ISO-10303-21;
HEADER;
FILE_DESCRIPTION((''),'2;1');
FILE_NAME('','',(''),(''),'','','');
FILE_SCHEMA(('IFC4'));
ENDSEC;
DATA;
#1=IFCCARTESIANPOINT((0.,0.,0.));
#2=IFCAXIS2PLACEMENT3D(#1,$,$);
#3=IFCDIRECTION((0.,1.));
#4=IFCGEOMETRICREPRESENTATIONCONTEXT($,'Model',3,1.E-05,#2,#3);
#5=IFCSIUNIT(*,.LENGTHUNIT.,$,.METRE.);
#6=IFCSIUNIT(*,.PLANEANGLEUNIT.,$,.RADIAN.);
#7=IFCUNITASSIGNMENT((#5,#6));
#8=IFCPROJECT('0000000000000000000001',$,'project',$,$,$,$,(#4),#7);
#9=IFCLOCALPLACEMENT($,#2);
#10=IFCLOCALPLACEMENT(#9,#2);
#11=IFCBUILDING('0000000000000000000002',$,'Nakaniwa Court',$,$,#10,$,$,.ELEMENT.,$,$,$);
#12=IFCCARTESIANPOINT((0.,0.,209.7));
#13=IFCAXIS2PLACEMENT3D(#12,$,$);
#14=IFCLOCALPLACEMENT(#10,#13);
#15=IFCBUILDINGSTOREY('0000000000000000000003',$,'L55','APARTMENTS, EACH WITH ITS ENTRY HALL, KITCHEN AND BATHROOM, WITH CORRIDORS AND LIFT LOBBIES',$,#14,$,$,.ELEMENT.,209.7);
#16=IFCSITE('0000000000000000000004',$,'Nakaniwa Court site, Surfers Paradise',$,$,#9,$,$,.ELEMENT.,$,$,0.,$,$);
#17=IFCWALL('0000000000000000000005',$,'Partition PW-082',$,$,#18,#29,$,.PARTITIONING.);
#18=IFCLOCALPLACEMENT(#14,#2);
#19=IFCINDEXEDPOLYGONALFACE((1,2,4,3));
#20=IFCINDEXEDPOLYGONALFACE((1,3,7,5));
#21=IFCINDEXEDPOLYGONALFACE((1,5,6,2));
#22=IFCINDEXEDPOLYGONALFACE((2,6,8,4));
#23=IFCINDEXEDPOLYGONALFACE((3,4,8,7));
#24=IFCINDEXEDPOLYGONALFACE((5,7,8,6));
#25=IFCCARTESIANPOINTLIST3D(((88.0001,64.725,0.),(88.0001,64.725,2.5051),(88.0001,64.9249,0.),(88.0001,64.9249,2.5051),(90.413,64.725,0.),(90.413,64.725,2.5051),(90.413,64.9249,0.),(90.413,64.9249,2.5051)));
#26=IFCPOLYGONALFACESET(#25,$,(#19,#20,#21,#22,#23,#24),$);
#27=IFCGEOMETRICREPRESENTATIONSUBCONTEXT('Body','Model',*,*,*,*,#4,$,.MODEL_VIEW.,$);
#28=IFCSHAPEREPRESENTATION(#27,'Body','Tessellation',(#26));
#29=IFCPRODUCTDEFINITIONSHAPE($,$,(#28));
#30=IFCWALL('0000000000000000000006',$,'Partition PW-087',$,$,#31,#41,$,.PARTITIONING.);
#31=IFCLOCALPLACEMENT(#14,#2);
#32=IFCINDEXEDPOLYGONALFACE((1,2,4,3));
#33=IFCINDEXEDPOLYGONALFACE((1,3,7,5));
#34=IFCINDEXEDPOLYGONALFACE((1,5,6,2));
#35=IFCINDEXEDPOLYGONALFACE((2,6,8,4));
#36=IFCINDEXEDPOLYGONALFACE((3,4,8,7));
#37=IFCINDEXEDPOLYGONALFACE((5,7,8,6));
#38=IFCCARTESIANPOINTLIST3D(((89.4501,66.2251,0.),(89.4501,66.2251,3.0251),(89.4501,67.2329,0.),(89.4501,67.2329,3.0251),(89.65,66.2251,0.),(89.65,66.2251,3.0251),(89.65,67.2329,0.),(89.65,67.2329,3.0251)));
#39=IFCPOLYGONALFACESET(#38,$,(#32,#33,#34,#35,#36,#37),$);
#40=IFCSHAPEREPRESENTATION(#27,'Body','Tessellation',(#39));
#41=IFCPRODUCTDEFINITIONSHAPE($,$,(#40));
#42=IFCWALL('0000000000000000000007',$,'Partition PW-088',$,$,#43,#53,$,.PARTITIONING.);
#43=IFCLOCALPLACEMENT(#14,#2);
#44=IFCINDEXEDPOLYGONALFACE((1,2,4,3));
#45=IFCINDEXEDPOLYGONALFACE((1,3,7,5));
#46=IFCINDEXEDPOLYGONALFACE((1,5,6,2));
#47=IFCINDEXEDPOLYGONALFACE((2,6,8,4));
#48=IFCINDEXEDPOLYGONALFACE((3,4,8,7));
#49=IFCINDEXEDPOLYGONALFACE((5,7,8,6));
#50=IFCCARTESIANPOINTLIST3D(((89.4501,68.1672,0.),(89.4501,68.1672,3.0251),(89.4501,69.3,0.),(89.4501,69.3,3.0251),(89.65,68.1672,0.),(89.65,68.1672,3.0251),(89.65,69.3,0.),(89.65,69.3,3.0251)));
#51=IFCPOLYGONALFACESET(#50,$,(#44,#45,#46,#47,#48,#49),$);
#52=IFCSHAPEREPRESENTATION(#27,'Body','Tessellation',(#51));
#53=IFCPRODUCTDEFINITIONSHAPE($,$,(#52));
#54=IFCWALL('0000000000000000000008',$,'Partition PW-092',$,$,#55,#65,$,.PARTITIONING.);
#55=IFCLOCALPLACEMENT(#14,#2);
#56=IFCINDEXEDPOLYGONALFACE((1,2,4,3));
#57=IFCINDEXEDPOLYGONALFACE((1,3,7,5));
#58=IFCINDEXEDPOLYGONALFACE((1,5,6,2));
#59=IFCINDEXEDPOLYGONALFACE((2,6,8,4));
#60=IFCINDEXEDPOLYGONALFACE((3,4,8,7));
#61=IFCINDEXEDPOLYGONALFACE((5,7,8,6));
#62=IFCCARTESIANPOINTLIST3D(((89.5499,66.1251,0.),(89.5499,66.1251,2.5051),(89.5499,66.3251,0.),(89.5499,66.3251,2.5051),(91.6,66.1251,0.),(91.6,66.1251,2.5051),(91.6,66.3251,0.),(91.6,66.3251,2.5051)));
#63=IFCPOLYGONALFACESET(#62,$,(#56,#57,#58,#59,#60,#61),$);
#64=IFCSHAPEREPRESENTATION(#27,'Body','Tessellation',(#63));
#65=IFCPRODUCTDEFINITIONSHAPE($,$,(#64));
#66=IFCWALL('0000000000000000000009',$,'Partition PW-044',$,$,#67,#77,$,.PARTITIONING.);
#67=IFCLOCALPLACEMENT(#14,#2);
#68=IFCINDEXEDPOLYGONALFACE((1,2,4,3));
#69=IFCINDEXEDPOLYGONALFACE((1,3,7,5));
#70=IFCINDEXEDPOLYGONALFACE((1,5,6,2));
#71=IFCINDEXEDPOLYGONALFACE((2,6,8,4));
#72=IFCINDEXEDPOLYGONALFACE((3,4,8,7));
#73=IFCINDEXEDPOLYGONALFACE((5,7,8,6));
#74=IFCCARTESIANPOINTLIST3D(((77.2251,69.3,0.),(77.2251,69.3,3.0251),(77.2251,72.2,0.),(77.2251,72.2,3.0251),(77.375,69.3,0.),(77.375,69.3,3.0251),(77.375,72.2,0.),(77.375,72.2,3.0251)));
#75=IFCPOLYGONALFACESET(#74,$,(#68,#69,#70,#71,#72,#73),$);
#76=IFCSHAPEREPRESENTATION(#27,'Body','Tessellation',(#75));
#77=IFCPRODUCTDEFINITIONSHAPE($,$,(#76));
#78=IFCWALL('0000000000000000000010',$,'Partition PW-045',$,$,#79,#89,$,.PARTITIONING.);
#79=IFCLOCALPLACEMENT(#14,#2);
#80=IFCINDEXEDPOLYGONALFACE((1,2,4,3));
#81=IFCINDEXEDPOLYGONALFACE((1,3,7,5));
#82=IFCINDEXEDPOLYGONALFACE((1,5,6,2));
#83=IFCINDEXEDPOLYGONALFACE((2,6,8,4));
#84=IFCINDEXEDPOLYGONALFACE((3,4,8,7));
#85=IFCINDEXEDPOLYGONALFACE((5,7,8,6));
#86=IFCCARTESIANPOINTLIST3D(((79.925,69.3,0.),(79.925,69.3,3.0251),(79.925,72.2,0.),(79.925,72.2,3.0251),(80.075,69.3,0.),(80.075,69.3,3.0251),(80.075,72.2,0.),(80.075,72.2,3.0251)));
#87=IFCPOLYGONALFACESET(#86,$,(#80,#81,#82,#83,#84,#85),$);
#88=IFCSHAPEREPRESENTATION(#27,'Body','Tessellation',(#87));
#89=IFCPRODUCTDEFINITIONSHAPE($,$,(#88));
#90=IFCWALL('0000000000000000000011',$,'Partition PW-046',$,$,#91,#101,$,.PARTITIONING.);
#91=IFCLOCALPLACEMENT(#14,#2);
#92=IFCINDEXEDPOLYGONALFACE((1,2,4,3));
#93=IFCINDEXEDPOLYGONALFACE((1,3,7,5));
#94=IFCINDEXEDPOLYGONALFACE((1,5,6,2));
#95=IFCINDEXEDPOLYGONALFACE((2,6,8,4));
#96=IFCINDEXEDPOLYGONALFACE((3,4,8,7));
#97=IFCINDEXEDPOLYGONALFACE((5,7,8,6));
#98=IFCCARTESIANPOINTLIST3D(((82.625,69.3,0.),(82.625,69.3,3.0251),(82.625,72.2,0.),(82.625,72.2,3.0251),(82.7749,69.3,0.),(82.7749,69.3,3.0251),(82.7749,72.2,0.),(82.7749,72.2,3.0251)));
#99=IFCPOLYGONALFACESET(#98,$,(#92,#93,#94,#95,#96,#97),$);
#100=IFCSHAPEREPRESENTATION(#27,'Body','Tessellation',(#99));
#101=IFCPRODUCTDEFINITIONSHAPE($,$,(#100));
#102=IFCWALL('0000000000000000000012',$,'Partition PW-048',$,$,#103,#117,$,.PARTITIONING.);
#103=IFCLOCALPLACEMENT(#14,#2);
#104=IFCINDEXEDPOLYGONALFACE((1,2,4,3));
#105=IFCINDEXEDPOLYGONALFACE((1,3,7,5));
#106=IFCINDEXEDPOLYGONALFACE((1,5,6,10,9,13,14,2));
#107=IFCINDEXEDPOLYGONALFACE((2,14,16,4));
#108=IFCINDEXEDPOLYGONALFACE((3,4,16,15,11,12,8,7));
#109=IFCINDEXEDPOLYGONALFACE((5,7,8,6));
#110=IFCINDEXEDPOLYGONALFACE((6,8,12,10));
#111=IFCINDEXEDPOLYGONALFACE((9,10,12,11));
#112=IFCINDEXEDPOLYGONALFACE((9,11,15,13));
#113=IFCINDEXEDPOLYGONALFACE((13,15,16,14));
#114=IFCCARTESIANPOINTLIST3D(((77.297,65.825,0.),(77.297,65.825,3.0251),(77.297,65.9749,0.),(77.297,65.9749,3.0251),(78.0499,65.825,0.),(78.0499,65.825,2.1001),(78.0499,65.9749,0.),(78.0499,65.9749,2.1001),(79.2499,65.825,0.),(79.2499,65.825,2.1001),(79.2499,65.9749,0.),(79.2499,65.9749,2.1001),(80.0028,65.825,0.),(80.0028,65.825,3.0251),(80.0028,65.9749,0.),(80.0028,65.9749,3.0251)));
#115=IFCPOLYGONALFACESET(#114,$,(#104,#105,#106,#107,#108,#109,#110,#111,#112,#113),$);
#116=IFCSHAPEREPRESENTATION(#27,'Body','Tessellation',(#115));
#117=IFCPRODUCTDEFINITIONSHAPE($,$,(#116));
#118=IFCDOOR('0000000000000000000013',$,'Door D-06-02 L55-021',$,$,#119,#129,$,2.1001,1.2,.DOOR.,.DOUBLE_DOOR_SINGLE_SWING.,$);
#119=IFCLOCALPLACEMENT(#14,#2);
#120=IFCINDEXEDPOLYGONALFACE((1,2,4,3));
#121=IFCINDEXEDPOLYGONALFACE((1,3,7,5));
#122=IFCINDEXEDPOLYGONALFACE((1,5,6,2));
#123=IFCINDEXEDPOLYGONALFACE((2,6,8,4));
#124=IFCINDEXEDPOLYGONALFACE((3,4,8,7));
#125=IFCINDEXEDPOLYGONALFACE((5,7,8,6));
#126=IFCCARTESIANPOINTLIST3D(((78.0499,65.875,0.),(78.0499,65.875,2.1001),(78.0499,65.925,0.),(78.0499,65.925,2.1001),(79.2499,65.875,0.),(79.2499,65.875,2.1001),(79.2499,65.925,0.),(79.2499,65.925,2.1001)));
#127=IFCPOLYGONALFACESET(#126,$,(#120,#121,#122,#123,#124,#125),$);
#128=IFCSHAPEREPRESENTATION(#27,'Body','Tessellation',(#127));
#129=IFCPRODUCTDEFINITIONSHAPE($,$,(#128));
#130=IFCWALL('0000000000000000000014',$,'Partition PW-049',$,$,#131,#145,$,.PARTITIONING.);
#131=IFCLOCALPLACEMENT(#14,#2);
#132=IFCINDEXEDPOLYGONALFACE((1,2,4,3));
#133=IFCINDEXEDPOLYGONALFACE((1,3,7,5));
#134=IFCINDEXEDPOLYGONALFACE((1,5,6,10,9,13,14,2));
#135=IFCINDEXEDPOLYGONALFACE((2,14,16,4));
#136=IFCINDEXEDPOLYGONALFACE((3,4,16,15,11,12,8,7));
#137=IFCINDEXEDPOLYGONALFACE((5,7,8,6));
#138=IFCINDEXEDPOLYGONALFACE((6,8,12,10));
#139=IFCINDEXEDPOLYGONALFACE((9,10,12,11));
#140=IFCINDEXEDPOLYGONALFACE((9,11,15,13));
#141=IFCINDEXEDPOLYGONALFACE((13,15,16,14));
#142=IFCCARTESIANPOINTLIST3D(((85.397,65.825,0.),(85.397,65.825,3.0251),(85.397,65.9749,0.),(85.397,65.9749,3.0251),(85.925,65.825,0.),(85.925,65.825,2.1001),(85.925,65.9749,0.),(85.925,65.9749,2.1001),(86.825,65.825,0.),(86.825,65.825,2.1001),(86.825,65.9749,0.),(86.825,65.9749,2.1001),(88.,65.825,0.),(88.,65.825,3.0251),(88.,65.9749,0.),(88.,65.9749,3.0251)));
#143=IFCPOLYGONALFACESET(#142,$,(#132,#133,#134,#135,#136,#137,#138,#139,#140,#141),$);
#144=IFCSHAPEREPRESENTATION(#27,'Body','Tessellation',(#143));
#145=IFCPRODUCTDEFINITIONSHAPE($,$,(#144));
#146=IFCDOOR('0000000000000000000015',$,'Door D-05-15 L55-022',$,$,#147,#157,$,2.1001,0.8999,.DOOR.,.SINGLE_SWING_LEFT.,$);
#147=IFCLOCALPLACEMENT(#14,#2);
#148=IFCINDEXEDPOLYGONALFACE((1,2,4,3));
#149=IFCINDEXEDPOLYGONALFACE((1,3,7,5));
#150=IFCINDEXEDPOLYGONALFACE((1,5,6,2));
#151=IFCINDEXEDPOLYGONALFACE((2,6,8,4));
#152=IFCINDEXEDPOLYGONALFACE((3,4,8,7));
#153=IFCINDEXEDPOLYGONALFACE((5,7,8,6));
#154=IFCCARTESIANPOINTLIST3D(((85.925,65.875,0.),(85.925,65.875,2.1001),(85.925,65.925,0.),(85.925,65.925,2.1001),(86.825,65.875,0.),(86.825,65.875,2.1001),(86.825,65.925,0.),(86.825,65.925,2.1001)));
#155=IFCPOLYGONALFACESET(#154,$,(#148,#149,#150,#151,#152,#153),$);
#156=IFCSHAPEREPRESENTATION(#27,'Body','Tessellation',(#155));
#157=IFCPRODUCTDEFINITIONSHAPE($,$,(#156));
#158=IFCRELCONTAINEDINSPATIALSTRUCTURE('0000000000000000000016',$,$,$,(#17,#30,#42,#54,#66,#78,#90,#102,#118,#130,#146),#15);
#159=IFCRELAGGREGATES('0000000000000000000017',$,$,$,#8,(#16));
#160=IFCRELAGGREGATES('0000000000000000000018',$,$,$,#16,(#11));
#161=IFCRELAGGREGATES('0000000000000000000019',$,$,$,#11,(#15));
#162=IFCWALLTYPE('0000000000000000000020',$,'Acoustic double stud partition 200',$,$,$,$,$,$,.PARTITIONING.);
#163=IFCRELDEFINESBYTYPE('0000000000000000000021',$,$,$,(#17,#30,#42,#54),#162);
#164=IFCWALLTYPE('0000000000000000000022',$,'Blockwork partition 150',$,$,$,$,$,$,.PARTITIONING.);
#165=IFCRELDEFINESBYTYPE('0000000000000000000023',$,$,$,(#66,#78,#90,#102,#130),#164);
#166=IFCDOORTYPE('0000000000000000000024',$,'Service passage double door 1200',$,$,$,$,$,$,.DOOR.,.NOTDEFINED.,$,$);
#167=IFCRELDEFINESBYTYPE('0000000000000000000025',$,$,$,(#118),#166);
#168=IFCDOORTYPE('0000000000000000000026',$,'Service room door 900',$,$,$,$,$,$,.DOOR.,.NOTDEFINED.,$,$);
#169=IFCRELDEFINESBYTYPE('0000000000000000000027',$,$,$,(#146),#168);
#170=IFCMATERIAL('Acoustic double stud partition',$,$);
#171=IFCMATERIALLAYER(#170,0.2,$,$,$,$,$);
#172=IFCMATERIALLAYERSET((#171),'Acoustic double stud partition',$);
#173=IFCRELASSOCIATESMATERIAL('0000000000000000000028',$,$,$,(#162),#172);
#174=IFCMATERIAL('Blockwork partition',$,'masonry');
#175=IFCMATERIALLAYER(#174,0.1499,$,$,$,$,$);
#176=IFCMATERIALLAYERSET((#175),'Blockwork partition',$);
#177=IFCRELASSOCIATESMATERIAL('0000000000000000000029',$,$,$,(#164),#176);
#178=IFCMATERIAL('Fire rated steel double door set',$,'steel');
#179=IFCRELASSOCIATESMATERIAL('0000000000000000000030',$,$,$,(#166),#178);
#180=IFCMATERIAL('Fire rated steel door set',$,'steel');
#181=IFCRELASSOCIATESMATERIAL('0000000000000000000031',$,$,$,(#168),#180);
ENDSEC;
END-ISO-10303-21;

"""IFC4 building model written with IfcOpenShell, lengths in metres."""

from ifc_helpers import new_model, si_unit, direction, frame, frame_2d, origin, place, context, subcontext, project, spatial, rectangle, extrude, material, layer, layer_set, type_object, element, fill, save


model = new_model("IFC4")

# Units and contexts
model_context = context("Model", 3, precision=1e-05, world=origin(), true_north=direction((0.0, 1.0)))
body_context = subcontext(model_context, "Body", "Model", "MODEL_VIEW")
ifc_project = project(units=[si_unit("LENGTHUNIT", "METRE"), si_unit("PLANEANGLEUNIT", "RADIAN")], contexts=[model_context])

# Site, building, storey
site_placement = place(None, origin())
site = spatial("IfcSite", under=ifc_project, at=site_placement, Name="Nakaniwa Court site, Surfers Paradise", CompositionType="ELEMENT", RefElevation=0.0)
building_placement = place(site_placement, origin())
building = spatial("IfcBuilding", under=site, at=building_placement, Name="Nakaniwa Court", CompositionType="ELEMENT")
storey_placement = place(building_placement, frame((0.0, 0.0, 209.7)))
storey = spatial("IfcBuildingStorey", under=building, at=storey_placement, Name="L55", Description="APARTMENTS, EACH WITH ITS ENTRY HALL, KITCHEN AND BATHROOM, WITH CORRIDORS AND LIFT LOBBIES", CompositionType="ELEMENT", Elevation=209.7)

# Walls
ifc_material_1 = material(Name="Acoustic double stud partition")
ifc_layer_1 = layer(ifc_material_1, 0.2)
ifc_layer_set_1 = layer_set([ifc_layer_1], Name="Acoustic double stud partition")
wall_type_1 = type_object("IfcWallType", Name="Acoustic double stud partition 200", PredefinedType="PARTITIONING", material=ifc_layer_set_1)
wall_1_placement = place(storey_placement, frame((88.0, 64.825, 0.0), z_axis=(0.0, 0.0, 1.0), x_axis=(1.0, 0.0, 0.0)))
element("IfcWall", 1, at=wall_1_placement, inside=storey, type_object=wall_type_1, Name="Partition PW-082", PredefinedType="PARTITIONING", context=body_context, shape_type="SweptSolid", body=[
    extrude(rectangle(XDim=2.4128, YDim=0.2, at=frame_2d((1.2065, 0.0))), origin(), (0.0, 0.0, 1.0), 2.5051),
])
wall_2_placement = place(storey_placement, frame((89.55, 66.2251, 0.0), z_axis=(0.0, 0.0, 1.0), x_axis=(0.0, 1.0, 0.0)))
element("IfcWall", 2, at=wall_2_placement, inside=storey, type_object=wall_type_1, Name="Partition PW-087", PredefinedType="PARTITIONING", context=body_context, shape_type="SweptSolid", body=[
    extrude(rectangle(XDim=1.0078, YDim=0.2, at=frame_2d((0.5039, 0.0))), origin(), (0.0, 0.0, 1.0), 3.0251),
])
wall_3_placement = place(storey_placement, frame((89.55, 68.1672, 0.0), z_axis=(0.0, 0.0, 1.0), x_axis=(0.0, 1.0, 0.0)))
element("IfcWall", 3, at=wall_3_placement, inside=storey, type_object=wall_type_1, Name="Partition PW-088", PredefinedType="PARTITIONING", context=body_context, shape_type="SweptSolid", body=[
    extrude(rectangle(XDim=1.1328, YDim=0.2, at=frame_2d((0.5664, 0.0))), origin(), (0.0, 0.0, 1.0), 3.0251),
])
wall_4_placement = place(storey_placement, frame((89.55, 66.2251, 0.0), z_axis=(0.0, 0.0, 1.0), x_axis=(1.0, 0.0, 0.0)))
element("IfcWall", 4, at=wall_4_placement, inside=storey, type_object=wall_type_1, Name="Partition PW-092", PredefinedType="PARTITIONING", context=body_context, shape_type="SweptSolid", body=[
    extrude(rectangle(XDim=2.05, YDim=0.2, at=frame_2d((1.0249, 0.0))), origin(), (0.0, 0.0, 1.0), 2.5051),
])
ifc_material_2 = material(Name="Blockwork partition", Category="masonry")
ifc_layer_2 = layer(ifc_material_2, 0.1499)
ifc_layer_set_2 = layer_set([ifc_layer_2], Name="Blockwork partition")
wall_type_2 = type_object("IfcWallType", Name="Blockwork partition 150", PredefinedType="PARTITIONING", material=ifc_layer_set_2)
for number, where, z_axis, x_axis, name in (
    (5, (77.3, 69.3, 0.0), (0.0, 0.0, 1.0), (0.0, 1.0, 0.0), "Partition PW-044"),
    (6, (80.0, 69.3, 0.0), (0.0, 0.0, 1.0), (0.0, 1.0, 0.0), "Partition PW-045"),
    (7, (82.7, 69.3, 0.0), (0.0, 0.0, 1.0), (0.0, 1.0, 0.0), "Partition PW-046"),
):
    element("IfcWall", number, at=place(storey_placement, frame(where, z_axis=z_axis, x_axis=x_axis)), inside=storey, type_object=wall_type_2, Name=name, PredefinedType="PARTITIONING", context=body_context, shape_type="SweptSolid", body=[
        extrude(rectangle(XDim=2.8999, YDim=0.1499, at=frame_2d((1.45, 0.0))), origin(), (0.0, 0.0, 1.0), 3.0251),
    ])

# Walls, openings, doors
wall_5_placement = place(storey_placement, frame((80.0029, 65.8999, 0.0), z_axis=(0.0, 0.0, 1.0), x_axis=(-1.0, 0.0, 0.0)))
wall_5 = element("IfcWall", 8, at=wall_5_placement, inside=storey, type_object=wall_type_2, Name="Partition PW-048", PredefinedType="PARTITIONING", context=body_context, shape_type="SweptSolid", body=[
    extrude(rectangle(XDim=2.7058, YDim=0.1499, at=frame_2d((1.353, 0.0))), origin(), (0.0, 0.0, 1.0), 3.0251),
])
opening_1_placement = place(wall_5_placement, frame((0.7529, 0.0, 0.0)))
opening_1 = element("IfcOpeningElement", 9, at=opening_1_placement, cuts=wall_5, PredefinedType="OPENING", context=body_context, shape_type="SweptSolid", body=[
    extrude(rectangle(XDim=1.2, YDim=2.1001, at=frame_2d((0.6001, 1.05))), frame((0.0, 0.085, 0.0), z_axis=(0.0, -1.0, 0.0), x_axis=(1.0, 0.0, 0.0)), (0.0, 0.0, 1.0), 0.1699),
])
ifc_material_3 = material(Name="Fire rated steel double door set", Category="steel")
door_type_1 = type_object("IfcDoorType", Name="Service passage double door 1200", OperationType="NOTDEFINED", PredefinedType="DOOR", material=ifc_material_3)
door_1_placement = place(opening_1_placement, origin())
door_1 = element("IfcDoor", 10, at=door_1_placement, inside=storey, type_object=door_type_1, Name="Door D-06-02 L55-021", OperationType="DOUBLE_DOOR_SINGLE_SWING", OverallHeight=2.1001, OverallWidth=1.2, PredefinedType="DOOR", context=body_context, shape_type="SweptSolid", body=[
    extrude(rectangle(XDim=1.2, YDim=2.1001, at=frame_2d((0.6001, 1.05))), frame((0.0, 0.0249, 0.0), z_axis=(0.0, -1.0, 0.0), x_axis=(1.0, 0.0, 0.0)), (0.0, 0.0, 1.0), 0.05),
])
fill(opening_1, door_1)
wall_6_placement = place(storey_placement, frame((88.0, 65.8999, 0.0), z_axis=(0.0, 0.0, 1.0), x_axis=(-1.0, 0.0, 0.0)))
wall_6 = element("IfcWall", 11, at=wall_6_placement, inside=storey, type_object=wall_type_2, Name="Partition PW-049", PredefinedType="PARTITIONING", context=body_context, shape_type="SweptSolid", body=[
    extrude(rectangle(XDim=2.603, YDim=0.1499, at=frame_2d((1.3015, 0.0))), origin(), (0.0, 0.0, 1.0), 3.0251),
])
opening_2_placement = place(wall_6_placement, frame((1.175, 0.0, 0.0)))
opening_2 = element("IfcOpeningElement", 12, at=opening_2_placement, cuts=wall_6, PredefinedType="OPENING", context=body_context, shape_type="SweptSolid", body=[
    extrude(rectangle(XDim=0.8999, YDim=2.1001, at=frame_2d((0.45, 1.05))), frame((0.0, 0.085, 0.0), z_axis=(0.0, -1.0, 0.0), x_axis=(1.0, 0.0, 0.0)), (0.0, 0.0, 1.0), 0.1699),
])
ifc_material_4 = material(Name="Fire rated steel door set", Category="steel")
door_type_2 = type_object("IfcDoorType", Name="Service room door 900", OperationType="NOTDEFINED", PredefinedType="DOOR", material=ifc_material_4)
door_2_placement = place(opening_2_placement, origin())
door_2 = element("IfcDoor", 13, at=door_2_placement, inside=storey, type_object=door_type_2, Name="Door D-05-15 L55-022", OperationType="SINGLE_SWING_LEFT", OverallHeight=2.1001, OverallWidth=0.8999, PredefinedType="DOOR", context=body_context, shape_type="SweptSolid", body=[
    extrude(rectangle(XDim=0.8999, YDim=2.1001, at=frame_2d((0.45, 1.05))), frame((0.0, 0.0249, 0.0), z_axis=(0.0, -1.0, 0.0), x_axis=(1.0, 0.0, 0.0)), (0.0, 0.0, 1.0), 0.05),
])
fill(opening_2, door_2)

save(model, "model.ifc")
